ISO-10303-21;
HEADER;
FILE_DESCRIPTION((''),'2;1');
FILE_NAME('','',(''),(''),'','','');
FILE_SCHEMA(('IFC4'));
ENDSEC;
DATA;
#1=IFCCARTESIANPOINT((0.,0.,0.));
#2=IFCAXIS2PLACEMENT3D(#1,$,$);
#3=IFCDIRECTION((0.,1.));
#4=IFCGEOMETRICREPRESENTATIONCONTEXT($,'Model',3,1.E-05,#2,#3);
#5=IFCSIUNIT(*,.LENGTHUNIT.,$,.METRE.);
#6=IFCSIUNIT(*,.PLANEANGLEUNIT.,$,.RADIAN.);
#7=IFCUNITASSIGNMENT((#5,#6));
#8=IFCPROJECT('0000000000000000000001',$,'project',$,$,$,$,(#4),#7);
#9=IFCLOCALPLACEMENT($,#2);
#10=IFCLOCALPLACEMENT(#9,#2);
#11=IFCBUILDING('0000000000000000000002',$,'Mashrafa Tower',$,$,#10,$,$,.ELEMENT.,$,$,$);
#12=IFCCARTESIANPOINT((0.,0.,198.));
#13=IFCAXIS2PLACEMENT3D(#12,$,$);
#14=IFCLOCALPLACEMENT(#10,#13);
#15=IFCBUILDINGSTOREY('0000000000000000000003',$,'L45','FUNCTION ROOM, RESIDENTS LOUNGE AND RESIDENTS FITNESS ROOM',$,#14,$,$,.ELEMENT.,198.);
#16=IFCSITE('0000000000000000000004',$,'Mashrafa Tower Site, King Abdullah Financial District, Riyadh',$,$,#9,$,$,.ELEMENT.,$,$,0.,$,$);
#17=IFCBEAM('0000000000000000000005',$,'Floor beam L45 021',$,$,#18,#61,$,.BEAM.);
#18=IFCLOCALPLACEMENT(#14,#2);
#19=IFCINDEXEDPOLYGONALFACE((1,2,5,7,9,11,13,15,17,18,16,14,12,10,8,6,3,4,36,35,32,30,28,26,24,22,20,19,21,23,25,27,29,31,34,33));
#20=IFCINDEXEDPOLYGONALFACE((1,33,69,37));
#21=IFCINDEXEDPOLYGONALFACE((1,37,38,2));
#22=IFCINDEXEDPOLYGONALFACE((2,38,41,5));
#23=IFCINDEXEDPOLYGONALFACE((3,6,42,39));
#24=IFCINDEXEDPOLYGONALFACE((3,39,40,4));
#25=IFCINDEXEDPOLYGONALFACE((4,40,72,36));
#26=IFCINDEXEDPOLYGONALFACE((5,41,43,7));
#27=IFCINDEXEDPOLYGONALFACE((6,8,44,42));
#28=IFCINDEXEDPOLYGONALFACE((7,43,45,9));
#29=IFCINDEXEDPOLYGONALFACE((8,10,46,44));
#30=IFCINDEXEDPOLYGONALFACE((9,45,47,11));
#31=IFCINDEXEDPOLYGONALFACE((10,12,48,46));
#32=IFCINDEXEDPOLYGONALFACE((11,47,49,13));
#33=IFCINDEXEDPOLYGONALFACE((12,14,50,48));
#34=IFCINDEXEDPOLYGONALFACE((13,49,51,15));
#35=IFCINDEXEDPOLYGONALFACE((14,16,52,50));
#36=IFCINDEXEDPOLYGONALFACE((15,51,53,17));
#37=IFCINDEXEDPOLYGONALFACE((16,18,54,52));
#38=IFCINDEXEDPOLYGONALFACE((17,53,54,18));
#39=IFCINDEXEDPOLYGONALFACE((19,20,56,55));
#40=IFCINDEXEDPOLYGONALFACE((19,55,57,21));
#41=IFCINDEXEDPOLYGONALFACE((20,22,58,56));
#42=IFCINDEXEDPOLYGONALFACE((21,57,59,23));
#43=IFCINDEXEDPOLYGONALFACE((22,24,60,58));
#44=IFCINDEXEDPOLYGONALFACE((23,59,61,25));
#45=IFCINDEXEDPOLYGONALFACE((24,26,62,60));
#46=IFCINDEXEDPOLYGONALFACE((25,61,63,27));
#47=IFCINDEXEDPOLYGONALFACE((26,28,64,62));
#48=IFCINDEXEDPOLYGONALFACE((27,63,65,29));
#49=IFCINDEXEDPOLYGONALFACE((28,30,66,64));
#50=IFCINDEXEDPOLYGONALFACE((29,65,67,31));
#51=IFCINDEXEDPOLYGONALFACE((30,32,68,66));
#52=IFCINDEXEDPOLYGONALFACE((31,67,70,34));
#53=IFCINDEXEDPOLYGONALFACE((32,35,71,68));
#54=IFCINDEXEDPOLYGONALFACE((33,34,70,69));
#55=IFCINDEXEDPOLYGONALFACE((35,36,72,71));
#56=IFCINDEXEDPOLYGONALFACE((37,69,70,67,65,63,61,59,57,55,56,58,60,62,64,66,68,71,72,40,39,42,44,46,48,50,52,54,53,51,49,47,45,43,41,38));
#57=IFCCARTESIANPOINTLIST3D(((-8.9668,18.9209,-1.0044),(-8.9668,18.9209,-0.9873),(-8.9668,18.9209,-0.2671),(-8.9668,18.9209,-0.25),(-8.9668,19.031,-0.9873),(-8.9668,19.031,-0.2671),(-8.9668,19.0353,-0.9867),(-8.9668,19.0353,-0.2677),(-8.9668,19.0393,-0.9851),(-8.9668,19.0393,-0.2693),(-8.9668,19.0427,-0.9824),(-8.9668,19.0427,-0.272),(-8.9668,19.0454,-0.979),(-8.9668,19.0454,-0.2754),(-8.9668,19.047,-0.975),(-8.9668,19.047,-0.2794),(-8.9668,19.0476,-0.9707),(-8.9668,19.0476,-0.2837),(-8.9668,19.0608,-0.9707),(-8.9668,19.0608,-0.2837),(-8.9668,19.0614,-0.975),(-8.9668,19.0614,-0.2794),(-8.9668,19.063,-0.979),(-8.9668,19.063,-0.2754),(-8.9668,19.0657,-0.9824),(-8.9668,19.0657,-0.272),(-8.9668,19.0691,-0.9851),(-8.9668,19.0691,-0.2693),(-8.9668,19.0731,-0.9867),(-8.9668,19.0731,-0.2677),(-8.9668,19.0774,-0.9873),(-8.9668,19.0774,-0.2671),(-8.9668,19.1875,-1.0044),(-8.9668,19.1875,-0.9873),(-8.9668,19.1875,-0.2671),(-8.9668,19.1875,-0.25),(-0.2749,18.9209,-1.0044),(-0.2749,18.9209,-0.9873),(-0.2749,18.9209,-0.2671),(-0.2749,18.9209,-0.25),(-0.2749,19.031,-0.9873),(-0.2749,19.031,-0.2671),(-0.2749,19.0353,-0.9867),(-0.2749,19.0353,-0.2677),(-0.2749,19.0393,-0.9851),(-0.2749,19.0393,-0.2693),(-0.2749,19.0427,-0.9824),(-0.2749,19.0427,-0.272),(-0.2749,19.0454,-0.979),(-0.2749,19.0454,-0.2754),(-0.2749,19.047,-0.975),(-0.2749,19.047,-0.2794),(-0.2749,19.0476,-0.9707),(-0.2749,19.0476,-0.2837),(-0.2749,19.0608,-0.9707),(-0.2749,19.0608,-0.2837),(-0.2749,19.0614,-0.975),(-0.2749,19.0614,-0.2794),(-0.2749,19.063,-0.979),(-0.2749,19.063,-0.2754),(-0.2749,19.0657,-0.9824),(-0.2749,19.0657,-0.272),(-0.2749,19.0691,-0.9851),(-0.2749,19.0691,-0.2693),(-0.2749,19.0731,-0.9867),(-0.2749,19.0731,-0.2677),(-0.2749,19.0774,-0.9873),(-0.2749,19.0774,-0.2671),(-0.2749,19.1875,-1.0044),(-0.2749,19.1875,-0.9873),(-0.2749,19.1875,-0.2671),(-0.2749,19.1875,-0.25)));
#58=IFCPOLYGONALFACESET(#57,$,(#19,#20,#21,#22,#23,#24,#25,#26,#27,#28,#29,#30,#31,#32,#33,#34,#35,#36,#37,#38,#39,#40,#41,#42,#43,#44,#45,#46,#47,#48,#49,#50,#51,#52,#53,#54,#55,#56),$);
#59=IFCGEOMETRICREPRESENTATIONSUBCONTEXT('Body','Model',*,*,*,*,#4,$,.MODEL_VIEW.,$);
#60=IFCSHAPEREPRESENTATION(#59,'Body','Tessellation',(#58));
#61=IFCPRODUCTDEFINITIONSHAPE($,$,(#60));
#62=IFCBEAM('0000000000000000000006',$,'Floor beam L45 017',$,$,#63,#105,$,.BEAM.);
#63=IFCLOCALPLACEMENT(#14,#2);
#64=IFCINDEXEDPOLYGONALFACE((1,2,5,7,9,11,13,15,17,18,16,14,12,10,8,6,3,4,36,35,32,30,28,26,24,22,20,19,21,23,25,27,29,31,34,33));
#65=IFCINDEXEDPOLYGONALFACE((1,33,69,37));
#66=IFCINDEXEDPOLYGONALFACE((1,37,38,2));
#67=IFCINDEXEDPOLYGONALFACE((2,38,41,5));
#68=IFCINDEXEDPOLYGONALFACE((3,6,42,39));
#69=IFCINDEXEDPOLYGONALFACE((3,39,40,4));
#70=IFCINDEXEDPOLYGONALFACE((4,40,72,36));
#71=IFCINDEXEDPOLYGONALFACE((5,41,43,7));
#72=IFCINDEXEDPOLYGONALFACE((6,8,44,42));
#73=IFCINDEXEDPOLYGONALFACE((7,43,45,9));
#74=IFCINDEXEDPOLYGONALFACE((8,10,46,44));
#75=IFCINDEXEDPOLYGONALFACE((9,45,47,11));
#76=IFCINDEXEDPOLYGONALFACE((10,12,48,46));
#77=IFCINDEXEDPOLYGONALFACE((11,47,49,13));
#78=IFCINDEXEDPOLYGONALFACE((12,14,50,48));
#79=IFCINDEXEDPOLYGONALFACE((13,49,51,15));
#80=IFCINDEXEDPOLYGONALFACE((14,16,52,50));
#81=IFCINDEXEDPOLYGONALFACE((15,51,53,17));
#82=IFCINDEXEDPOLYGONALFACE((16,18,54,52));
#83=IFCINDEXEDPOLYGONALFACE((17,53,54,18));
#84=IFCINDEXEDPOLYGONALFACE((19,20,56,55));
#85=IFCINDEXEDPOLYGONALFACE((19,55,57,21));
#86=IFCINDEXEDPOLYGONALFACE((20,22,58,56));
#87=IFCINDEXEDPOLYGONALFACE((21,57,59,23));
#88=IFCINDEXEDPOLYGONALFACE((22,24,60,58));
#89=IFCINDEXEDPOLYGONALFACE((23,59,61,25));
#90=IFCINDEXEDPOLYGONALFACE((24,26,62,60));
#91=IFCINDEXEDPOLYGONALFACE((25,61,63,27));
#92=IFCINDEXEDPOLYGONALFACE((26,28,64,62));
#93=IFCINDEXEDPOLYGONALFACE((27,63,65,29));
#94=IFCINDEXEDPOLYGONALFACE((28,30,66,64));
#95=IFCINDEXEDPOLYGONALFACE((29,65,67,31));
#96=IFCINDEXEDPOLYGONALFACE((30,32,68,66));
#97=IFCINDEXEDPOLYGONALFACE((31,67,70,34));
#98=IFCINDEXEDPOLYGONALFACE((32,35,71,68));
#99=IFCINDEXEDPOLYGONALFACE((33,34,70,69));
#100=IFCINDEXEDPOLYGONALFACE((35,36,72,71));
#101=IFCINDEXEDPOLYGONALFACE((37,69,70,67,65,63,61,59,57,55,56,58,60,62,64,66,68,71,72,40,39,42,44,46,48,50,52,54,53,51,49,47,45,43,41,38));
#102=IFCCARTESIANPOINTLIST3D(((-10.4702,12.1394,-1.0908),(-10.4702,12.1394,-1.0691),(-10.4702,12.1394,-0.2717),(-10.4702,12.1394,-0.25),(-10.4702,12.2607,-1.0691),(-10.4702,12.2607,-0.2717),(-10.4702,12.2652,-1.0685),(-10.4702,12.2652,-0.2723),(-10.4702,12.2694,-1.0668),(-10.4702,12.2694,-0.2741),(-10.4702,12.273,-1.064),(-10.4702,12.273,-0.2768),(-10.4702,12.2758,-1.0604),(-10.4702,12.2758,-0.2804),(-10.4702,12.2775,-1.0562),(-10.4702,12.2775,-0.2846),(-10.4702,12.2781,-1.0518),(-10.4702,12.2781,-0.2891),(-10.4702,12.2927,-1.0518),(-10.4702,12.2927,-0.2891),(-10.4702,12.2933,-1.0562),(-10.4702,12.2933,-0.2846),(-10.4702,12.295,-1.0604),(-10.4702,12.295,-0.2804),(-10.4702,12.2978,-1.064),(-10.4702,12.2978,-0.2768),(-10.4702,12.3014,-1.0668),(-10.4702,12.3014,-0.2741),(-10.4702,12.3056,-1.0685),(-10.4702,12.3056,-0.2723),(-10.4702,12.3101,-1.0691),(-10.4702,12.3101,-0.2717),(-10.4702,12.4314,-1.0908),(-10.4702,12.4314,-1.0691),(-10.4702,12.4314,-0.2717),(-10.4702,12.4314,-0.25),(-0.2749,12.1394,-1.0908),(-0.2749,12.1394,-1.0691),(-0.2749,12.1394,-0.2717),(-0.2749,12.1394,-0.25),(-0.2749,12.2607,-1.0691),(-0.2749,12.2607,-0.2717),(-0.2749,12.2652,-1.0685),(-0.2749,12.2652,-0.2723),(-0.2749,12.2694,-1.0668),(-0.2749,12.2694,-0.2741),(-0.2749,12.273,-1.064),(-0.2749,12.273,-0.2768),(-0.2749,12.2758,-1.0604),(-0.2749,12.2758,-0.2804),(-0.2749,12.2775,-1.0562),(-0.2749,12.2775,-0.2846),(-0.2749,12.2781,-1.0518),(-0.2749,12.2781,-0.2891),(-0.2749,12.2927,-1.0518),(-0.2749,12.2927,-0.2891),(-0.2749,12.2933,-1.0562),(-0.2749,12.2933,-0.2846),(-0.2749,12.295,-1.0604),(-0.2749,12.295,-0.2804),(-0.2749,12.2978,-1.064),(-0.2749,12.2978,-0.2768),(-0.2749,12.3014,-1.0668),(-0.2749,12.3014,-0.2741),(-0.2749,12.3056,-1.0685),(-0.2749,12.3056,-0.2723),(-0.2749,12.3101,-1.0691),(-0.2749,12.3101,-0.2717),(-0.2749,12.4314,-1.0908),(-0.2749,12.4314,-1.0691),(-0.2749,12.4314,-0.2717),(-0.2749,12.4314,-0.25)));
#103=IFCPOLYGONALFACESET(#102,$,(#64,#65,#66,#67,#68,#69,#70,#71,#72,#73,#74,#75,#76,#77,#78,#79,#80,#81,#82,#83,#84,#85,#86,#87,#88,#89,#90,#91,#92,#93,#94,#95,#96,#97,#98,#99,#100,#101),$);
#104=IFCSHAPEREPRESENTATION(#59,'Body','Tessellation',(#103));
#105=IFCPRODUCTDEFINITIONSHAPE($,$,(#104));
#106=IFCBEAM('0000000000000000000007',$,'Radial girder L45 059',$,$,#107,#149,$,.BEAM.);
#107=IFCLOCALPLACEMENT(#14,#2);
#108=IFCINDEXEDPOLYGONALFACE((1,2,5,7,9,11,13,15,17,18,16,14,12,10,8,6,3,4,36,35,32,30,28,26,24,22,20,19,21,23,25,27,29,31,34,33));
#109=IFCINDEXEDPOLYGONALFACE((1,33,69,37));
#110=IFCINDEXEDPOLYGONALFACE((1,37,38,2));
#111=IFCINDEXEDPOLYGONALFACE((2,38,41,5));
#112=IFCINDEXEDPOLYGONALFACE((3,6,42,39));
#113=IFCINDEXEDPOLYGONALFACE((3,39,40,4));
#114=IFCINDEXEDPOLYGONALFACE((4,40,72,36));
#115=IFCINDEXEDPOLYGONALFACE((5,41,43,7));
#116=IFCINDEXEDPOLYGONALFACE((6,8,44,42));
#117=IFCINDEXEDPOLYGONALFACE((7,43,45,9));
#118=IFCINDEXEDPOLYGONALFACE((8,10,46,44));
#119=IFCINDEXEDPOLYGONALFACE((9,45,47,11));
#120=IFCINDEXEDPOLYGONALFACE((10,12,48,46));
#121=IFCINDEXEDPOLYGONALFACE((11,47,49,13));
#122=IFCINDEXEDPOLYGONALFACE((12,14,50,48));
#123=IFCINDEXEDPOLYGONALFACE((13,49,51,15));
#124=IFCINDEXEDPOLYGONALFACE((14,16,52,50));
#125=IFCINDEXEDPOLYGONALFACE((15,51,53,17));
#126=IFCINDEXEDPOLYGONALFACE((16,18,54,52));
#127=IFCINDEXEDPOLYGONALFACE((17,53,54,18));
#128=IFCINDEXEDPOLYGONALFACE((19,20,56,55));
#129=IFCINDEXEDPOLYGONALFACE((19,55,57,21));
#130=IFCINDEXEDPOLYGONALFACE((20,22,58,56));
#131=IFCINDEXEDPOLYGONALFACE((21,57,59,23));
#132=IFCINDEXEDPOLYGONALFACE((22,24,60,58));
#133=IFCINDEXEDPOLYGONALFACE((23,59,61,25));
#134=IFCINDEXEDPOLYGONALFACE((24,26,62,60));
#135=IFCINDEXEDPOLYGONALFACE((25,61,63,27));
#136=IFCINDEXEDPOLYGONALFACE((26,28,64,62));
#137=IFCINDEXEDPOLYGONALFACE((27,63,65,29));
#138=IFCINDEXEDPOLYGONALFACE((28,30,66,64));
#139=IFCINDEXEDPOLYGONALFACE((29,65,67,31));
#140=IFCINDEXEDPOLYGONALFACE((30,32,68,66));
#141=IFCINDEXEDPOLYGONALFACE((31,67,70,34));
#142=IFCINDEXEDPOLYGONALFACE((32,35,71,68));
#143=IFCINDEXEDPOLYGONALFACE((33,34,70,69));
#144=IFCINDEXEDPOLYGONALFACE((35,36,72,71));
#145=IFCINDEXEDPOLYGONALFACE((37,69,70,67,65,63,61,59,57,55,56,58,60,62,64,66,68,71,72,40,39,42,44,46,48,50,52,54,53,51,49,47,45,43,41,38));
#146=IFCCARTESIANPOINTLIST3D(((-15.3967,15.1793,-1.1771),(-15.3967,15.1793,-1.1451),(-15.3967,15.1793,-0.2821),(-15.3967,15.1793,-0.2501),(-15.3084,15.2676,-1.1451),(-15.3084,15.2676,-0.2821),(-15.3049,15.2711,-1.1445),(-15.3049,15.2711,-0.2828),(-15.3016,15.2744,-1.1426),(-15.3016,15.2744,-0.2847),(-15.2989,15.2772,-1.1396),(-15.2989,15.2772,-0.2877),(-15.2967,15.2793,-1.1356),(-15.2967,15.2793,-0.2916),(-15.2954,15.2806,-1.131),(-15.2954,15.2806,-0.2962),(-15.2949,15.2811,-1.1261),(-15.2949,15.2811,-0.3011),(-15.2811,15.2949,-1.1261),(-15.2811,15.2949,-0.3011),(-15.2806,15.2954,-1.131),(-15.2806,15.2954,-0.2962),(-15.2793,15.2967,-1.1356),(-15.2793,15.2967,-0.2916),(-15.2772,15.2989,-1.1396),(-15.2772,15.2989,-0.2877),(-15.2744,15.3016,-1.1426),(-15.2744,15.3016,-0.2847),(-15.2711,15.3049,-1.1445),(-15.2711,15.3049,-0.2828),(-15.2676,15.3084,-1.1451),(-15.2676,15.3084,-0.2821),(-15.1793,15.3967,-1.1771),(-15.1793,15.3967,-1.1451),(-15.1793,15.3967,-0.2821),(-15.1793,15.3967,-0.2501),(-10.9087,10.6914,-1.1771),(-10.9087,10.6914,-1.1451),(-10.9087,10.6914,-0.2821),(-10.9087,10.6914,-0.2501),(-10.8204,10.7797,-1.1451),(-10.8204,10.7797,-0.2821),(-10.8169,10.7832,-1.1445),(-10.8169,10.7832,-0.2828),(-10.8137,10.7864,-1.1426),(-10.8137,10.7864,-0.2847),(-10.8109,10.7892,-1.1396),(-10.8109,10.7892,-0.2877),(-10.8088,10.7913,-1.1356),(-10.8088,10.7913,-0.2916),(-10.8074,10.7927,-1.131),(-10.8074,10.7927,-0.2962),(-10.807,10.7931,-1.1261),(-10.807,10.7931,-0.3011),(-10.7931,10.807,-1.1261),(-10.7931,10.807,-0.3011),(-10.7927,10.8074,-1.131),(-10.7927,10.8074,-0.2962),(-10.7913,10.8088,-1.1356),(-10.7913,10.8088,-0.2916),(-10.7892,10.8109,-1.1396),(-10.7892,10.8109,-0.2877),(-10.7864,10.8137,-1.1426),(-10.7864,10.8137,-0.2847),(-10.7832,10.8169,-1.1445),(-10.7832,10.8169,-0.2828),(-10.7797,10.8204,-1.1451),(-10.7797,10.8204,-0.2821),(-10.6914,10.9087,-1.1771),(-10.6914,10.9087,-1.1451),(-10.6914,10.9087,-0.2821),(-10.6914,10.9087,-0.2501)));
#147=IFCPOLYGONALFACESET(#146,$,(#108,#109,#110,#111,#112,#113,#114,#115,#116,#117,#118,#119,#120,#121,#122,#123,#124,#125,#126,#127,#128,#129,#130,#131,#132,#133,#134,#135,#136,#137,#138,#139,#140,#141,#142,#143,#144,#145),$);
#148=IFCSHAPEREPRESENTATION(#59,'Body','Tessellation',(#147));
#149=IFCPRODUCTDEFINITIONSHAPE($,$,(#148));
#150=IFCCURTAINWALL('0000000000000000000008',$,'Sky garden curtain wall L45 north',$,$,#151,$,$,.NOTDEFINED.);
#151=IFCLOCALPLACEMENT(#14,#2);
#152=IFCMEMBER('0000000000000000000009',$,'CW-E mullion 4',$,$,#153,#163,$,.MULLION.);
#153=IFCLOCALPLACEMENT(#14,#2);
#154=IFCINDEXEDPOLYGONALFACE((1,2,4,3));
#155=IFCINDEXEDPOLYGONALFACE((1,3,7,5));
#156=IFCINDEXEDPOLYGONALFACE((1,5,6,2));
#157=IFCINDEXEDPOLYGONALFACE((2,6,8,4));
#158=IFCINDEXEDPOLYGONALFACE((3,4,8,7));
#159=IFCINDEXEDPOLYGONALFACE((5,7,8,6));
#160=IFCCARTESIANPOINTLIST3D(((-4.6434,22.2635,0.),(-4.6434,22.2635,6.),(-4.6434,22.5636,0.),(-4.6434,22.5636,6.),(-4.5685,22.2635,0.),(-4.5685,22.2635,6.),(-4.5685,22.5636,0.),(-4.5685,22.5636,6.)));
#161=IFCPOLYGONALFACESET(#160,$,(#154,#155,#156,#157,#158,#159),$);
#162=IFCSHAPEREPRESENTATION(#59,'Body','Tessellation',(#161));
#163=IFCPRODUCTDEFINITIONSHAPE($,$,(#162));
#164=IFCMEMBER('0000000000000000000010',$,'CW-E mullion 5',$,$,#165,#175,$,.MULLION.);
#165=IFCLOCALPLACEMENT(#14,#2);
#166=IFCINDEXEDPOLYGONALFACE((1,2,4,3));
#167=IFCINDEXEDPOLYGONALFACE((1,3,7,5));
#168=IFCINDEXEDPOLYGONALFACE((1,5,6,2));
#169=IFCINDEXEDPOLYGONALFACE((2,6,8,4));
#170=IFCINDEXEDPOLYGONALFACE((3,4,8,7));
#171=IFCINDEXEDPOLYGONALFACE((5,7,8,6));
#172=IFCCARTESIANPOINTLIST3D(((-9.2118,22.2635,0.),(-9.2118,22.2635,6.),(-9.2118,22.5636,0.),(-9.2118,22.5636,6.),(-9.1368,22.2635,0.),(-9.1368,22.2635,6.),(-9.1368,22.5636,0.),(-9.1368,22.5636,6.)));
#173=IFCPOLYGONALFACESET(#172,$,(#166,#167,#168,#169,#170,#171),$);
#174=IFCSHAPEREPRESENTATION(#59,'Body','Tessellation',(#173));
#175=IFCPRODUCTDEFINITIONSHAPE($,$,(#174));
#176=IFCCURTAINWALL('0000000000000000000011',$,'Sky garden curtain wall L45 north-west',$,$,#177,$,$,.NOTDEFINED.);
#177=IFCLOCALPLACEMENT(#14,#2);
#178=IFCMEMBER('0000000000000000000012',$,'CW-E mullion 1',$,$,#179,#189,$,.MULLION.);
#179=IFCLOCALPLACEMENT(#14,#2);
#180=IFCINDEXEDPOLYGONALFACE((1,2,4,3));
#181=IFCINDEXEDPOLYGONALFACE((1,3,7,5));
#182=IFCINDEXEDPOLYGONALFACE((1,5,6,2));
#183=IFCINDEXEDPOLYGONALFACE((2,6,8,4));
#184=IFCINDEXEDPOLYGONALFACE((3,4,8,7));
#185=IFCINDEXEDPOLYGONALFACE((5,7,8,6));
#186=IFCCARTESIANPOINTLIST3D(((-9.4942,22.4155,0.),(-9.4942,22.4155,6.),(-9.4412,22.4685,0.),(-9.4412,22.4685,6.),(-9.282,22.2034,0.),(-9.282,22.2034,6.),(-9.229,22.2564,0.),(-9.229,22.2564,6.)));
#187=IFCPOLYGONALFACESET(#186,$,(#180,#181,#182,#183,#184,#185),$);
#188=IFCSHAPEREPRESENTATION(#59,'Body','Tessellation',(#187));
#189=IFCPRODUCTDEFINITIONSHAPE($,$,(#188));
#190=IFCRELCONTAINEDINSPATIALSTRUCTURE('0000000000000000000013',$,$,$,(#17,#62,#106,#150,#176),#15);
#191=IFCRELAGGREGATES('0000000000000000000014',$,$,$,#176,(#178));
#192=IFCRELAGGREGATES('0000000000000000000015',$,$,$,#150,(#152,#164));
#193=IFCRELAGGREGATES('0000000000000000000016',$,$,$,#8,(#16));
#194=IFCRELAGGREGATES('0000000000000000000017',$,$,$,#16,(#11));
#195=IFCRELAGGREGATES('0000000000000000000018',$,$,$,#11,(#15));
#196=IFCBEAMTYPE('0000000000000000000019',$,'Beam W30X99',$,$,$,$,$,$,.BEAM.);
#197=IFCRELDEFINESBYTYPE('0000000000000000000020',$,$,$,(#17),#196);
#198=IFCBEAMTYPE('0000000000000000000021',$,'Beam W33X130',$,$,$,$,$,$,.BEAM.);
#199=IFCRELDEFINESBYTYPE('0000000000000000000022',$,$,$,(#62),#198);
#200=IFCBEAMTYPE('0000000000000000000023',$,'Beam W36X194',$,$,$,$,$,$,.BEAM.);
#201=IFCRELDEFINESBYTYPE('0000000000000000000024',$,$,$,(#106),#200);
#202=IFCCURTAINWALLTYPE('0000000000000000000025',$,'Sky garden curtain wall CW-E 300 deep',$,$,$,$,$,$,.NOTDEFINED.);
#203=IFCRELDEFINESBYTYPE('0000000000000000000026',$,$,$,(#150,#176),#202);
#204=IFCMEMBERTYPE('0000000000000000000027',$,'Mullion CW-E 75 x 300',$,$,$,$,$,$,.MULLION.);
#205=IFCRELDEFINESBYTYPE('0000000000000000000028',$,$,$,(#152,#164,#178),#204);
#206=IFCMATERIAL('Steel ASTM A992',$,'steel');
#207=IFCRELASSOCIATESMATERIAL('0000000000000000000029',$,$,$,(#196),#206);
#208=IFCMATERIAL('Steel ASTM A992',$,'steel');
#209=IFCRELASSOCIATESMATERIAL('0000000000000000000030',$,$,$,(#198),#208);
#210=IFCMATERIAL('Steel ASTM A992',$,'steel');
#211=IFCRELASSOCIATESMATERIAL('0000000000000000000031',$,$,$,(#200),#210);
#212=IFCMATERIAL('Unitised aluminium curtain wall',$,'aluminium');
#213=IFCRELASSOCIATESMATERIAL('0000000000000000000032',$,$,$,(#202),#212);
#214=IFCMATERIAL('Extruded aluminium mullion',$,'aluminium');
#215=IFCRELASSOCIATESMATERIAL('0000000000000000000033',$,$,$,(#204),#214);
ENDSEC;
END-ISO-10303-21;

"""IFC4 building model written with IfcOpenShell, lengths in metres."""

from ifc_helpers import new_model, si_unit, direction, frame, origin, origin_2d, place, context, subcontext, project, spatial, rectangle, i_section, extrude, source, transform, mapped, material, material_profile, profile_set, type_object, type_shapes, element, aggregate, save


model = new_model("IFC4")

# Units and contexts
model_context = context("Model", 3, precision=1e-05, world=origin(), true_north=direction((0.0, 1.0)))
body_context = subcontext(model_context, "Body", "Model", "MODEL_VIEW")
ifc_project = project(units=[si_unit("LENGTHUNIT", "METRE"), si_unit("PLANEANGLEUNIT", "RADIAN")], contexts=[model_context])

# Site, building, storey
site_placement = place(None, origin())
site = spatial("IfcSite", under=ifc_project, at=site_placement, Name="Mashrafa Tower Site, King Abdullah Financial District, Riyadh", CompositionType="ELEMENT", RefElevation=0.0)
building_placement = place(site_placement, origin())
building = spatial("IfcBuilding", under=site, at=building_placement, Name="Mashrafa Tower", CompositionType="ELEMENT")
storey_placement = place(building_placement, frame((0.0, 0.0, 198.0)))
storey = spatial("IfcBuildingStorey", under=building, at=storey_placement, Name="L45", Description="FUNCTION ROOM, RESIDENTS LOUNGE AND RESIDENTS FITNESS ROOM", CompositionType="ELEMENT", Elevation=198.0)

# Beams
ifc_material_1 = material(Name="Steel ASTM A992", Category="steel")
ifc_material_profile_1 = material_profile(ifc_material_1, i_section(OverallWidth=0.2666, OverallDepth=0.7544, WebThickness=0.0132, FlangeThickness=0.0171, FilletRadius=0.0166, at=origin_2d()), Name="W30X99")
ifc_profile_set_1 = profile_set([ifc_material_profile_1], Name="Steel ASTM A992")
beam_type_1 = type_object("IfcBeamType", Name="Beam W30X99", PredefinedType="BEAM", material=ifc_profile_set_1)
beam_1_placement = place(storey_placement, frame((-8.9668, 19.0542, -0.6272), z_axis=(1.0, 0.0, 0.0), x_axis=(0.0, 1.0, 0.0)))
element("IfcBeam", 1, at=beam_1_placement, inside=storey, type_object=beam_type_1, Name="Floor beam L45 021", PredefinedType="BEAM", context=body_context, shape_type="SweptSolid", body=[
    extrude(i_section(OverallWidth=0.2666, OverallDepth=0.7544, WebThickness=0.0132, FlangeThickness=0.0171, FilletRadius=0.0166, at=origin_2d()), origin(), (0.0, 0.0, 1.0), 8.6919),
])
ifc_material_2 = material(Name="Steel ASTM A992", Category="steel")
ifc_material_profile_2 = material_profile(ifc_material_2, i_section(OverallWidth=0.292, OverallDepth=0.8408, WebThickness=0.0146, FlangeThickness=0.0217, FilletRadius=0.0173, at=origin_2d()), Name="W33X130")
ifc_profile_set_2 = profile_set([ifc_material_profile_2], Name="Steel ASTM A992")
beam_type_2 = type_object("IfcBeamType", Name="Beam W33X130", PredefinedType="BEAM", material=ifc_profile_set_2)
beam_2_placement = place(storey_placement, frame((-10.4702, 12.2854, -0.6704), z_axis=(1.0, 0.0, 0.0), x_axis=(0.0, 1.0, 0.0)))
element("IfcBeam", 2, at=beam_2_placement, inside=storey, type_object=beam_type_2, Name="Floor beam L45 017", PredefinedType="BEAM", context=body_context, shape_type="SweptSolid", body=[
    extrude(i_section(OverallWidth=0.292, OverallDepth=0.8408, WebThickness=0.0146, FlangeThickness=0.0217, FilletRadius=0.0173, at=origin_2d()), origin(), (0.0, 0.0, 1.0), 10.1953),
])
ifc_material_3 = material(Name="Steel ASTM A992", Category="steel")
ifc_material_profile_3 = material_profile(ifc_material_3, i_section(OverallWidth=0.3074, OverallDepth=0.927, WebThickness=0.0195, FlangeThickness=0.032, FilletRadius=0.019, at=origin_2d()), Name="W36X194")
ifc_profile_set_3 = profile_set([ifc_material_profile_3], Name="Steel ASTM A992")
beam_type_3 = type_object("IfcBeamType", Name="Beam W36X194", PredefinedType="BEAM", material=ifc_profile_set_3)
beam_3_placement = place(storey_placement, frame((-10.8, 10.8, -0.7136), z_axis=(-0.707107, 0.707107, 0.0), x_axis=(-0.707107, -0.707107, 0.0)))
element("IfcBeam", 3, at=beam_3_placement, inside=storey, type_object=beam_type_3, Name="Radial girder L45 059", PredefinedType="BEAM", context=body_context, shape_type="SweptSolid", body=[
    extrude(i_section(OverallWidth=0.3074, OverallDepth=0.927, WebThickness=0.0195, FlangeThickness=0.032, FilletRadius=0.019, at=origin_2d()), origin(), (0.0, 0.0, 1.0), 6.3469),
])

# Curtain wall, members
ifc_material_4 = material(Name="Unitised aluminium curtain wall", Category="aluminium")
curtain_wall_type = type_object("IfcCurtainWallType", Name="Sky garden curtain wall CW-E 300 deep", PredefinedType="NOTDEFINED", material=ifc_material_4)
curtain_wall_1_placement = place(storey_placement, origin())
curtain_wall_1 = element("IfcCurtainWall", 4, at=curtain_wall_1_placement, inside=storey, type_object=curtain_wall_type, Name="Sky garden curtain wall L45 north", PredefinedType="NOTDEFINED")
ifc_material_5 = material(Name="Extruded aluminium mullion", Category="aluminium")
ifc_material_profile_4 = material_profile(ifc_material_5, rectangle(XDim=0.3, YDim=0.075, at=origin_2d()), Name="Mullion 75x300")
ifc_profile_set_4 = profile_set([ifc_material_profile_4], Name="Extruded aluminium mullion")
member_type_1 = type_object("IfcMemberType", Name="Mullion CW-E 75 x 300", PredefinedType="MULLION", material=ifc_profile_set_4)
shared_shape_1 = source(origin(), body_context, "Body", "SweptSolid", [
    extrude(rectangle(XDim=0.3, YDim=0.075, at=origin_2d()), origin(), (0.0, 0.0, 1.0), 6.0),
])
type_shapes(member_type_1, [shared_shape_1])
member_1_placement = place(storey_placement, frame((-4.606, 22.4136, 0.0), z_axis=(0.0, 0.0, 1.0), x_axis=(0.0, -1.0, 0.0)))
member_1 = element("IfcMember", 5, at=member_1_placement, type_object=member_type_1, Name="CW-E mullion 4", PredefinedType="MULLION", context=body_context, shape_type="MappedRepresentation", body=[
    mapped(shared_shape_1, transform((0.0, 0.0, 0.0))),
])
member_2_placement = place(storey_placement, frame((-9.1743, 22.4136, 0.0), z_axis=(0.0, 0.0, 1.0), x_axis=(0.0, -1.0, 0.0)))
member_2 = element("IfcMember", 6, at=member_2_placement, type_object=member_type_1, Name="CW-E mullion 5", PredefinedType="MULLION", context=body_context, shape_type="MappedRepresentation", body=[
    mapped(shared_shape_1, transform((0.0, 0.0, 0.0))),
])

# Curtain wall, member
curtain_wall_2_placement = place(storey_placement, origin())
curtain_wall_2 = element("IfcCurtainWall", 7, at=curtain_wall_2_placement, inside=storey, type_object=curtain_wall_type, Name="Sky garden curtain wall L45 north-west", PredefinedType="NOTDEFINED")
member_3_placement = place(storey_placement, frame((-9.3616, 22.3359, 0.0), z_axis=(0.0, 0.0, 1.0), x_axis=(0.707107, -0.707107, 0.0)))
member_3 = element("IfcMember", 8, at=member_3_placement, type_object=member_type_1, Name="CW-E mullion 1", PredefinedType="MULLION", context=body_context, shape_type="MappedRepresentation", body=[
    mapped(shared_shape_1, transform((0.0, 0.0, 0.0))),
])

aggregate(curtain_wall_2, [member_3])

aggregate(curtain_wall_1, [member_1, member_2])

save(model, "model.ifc")
